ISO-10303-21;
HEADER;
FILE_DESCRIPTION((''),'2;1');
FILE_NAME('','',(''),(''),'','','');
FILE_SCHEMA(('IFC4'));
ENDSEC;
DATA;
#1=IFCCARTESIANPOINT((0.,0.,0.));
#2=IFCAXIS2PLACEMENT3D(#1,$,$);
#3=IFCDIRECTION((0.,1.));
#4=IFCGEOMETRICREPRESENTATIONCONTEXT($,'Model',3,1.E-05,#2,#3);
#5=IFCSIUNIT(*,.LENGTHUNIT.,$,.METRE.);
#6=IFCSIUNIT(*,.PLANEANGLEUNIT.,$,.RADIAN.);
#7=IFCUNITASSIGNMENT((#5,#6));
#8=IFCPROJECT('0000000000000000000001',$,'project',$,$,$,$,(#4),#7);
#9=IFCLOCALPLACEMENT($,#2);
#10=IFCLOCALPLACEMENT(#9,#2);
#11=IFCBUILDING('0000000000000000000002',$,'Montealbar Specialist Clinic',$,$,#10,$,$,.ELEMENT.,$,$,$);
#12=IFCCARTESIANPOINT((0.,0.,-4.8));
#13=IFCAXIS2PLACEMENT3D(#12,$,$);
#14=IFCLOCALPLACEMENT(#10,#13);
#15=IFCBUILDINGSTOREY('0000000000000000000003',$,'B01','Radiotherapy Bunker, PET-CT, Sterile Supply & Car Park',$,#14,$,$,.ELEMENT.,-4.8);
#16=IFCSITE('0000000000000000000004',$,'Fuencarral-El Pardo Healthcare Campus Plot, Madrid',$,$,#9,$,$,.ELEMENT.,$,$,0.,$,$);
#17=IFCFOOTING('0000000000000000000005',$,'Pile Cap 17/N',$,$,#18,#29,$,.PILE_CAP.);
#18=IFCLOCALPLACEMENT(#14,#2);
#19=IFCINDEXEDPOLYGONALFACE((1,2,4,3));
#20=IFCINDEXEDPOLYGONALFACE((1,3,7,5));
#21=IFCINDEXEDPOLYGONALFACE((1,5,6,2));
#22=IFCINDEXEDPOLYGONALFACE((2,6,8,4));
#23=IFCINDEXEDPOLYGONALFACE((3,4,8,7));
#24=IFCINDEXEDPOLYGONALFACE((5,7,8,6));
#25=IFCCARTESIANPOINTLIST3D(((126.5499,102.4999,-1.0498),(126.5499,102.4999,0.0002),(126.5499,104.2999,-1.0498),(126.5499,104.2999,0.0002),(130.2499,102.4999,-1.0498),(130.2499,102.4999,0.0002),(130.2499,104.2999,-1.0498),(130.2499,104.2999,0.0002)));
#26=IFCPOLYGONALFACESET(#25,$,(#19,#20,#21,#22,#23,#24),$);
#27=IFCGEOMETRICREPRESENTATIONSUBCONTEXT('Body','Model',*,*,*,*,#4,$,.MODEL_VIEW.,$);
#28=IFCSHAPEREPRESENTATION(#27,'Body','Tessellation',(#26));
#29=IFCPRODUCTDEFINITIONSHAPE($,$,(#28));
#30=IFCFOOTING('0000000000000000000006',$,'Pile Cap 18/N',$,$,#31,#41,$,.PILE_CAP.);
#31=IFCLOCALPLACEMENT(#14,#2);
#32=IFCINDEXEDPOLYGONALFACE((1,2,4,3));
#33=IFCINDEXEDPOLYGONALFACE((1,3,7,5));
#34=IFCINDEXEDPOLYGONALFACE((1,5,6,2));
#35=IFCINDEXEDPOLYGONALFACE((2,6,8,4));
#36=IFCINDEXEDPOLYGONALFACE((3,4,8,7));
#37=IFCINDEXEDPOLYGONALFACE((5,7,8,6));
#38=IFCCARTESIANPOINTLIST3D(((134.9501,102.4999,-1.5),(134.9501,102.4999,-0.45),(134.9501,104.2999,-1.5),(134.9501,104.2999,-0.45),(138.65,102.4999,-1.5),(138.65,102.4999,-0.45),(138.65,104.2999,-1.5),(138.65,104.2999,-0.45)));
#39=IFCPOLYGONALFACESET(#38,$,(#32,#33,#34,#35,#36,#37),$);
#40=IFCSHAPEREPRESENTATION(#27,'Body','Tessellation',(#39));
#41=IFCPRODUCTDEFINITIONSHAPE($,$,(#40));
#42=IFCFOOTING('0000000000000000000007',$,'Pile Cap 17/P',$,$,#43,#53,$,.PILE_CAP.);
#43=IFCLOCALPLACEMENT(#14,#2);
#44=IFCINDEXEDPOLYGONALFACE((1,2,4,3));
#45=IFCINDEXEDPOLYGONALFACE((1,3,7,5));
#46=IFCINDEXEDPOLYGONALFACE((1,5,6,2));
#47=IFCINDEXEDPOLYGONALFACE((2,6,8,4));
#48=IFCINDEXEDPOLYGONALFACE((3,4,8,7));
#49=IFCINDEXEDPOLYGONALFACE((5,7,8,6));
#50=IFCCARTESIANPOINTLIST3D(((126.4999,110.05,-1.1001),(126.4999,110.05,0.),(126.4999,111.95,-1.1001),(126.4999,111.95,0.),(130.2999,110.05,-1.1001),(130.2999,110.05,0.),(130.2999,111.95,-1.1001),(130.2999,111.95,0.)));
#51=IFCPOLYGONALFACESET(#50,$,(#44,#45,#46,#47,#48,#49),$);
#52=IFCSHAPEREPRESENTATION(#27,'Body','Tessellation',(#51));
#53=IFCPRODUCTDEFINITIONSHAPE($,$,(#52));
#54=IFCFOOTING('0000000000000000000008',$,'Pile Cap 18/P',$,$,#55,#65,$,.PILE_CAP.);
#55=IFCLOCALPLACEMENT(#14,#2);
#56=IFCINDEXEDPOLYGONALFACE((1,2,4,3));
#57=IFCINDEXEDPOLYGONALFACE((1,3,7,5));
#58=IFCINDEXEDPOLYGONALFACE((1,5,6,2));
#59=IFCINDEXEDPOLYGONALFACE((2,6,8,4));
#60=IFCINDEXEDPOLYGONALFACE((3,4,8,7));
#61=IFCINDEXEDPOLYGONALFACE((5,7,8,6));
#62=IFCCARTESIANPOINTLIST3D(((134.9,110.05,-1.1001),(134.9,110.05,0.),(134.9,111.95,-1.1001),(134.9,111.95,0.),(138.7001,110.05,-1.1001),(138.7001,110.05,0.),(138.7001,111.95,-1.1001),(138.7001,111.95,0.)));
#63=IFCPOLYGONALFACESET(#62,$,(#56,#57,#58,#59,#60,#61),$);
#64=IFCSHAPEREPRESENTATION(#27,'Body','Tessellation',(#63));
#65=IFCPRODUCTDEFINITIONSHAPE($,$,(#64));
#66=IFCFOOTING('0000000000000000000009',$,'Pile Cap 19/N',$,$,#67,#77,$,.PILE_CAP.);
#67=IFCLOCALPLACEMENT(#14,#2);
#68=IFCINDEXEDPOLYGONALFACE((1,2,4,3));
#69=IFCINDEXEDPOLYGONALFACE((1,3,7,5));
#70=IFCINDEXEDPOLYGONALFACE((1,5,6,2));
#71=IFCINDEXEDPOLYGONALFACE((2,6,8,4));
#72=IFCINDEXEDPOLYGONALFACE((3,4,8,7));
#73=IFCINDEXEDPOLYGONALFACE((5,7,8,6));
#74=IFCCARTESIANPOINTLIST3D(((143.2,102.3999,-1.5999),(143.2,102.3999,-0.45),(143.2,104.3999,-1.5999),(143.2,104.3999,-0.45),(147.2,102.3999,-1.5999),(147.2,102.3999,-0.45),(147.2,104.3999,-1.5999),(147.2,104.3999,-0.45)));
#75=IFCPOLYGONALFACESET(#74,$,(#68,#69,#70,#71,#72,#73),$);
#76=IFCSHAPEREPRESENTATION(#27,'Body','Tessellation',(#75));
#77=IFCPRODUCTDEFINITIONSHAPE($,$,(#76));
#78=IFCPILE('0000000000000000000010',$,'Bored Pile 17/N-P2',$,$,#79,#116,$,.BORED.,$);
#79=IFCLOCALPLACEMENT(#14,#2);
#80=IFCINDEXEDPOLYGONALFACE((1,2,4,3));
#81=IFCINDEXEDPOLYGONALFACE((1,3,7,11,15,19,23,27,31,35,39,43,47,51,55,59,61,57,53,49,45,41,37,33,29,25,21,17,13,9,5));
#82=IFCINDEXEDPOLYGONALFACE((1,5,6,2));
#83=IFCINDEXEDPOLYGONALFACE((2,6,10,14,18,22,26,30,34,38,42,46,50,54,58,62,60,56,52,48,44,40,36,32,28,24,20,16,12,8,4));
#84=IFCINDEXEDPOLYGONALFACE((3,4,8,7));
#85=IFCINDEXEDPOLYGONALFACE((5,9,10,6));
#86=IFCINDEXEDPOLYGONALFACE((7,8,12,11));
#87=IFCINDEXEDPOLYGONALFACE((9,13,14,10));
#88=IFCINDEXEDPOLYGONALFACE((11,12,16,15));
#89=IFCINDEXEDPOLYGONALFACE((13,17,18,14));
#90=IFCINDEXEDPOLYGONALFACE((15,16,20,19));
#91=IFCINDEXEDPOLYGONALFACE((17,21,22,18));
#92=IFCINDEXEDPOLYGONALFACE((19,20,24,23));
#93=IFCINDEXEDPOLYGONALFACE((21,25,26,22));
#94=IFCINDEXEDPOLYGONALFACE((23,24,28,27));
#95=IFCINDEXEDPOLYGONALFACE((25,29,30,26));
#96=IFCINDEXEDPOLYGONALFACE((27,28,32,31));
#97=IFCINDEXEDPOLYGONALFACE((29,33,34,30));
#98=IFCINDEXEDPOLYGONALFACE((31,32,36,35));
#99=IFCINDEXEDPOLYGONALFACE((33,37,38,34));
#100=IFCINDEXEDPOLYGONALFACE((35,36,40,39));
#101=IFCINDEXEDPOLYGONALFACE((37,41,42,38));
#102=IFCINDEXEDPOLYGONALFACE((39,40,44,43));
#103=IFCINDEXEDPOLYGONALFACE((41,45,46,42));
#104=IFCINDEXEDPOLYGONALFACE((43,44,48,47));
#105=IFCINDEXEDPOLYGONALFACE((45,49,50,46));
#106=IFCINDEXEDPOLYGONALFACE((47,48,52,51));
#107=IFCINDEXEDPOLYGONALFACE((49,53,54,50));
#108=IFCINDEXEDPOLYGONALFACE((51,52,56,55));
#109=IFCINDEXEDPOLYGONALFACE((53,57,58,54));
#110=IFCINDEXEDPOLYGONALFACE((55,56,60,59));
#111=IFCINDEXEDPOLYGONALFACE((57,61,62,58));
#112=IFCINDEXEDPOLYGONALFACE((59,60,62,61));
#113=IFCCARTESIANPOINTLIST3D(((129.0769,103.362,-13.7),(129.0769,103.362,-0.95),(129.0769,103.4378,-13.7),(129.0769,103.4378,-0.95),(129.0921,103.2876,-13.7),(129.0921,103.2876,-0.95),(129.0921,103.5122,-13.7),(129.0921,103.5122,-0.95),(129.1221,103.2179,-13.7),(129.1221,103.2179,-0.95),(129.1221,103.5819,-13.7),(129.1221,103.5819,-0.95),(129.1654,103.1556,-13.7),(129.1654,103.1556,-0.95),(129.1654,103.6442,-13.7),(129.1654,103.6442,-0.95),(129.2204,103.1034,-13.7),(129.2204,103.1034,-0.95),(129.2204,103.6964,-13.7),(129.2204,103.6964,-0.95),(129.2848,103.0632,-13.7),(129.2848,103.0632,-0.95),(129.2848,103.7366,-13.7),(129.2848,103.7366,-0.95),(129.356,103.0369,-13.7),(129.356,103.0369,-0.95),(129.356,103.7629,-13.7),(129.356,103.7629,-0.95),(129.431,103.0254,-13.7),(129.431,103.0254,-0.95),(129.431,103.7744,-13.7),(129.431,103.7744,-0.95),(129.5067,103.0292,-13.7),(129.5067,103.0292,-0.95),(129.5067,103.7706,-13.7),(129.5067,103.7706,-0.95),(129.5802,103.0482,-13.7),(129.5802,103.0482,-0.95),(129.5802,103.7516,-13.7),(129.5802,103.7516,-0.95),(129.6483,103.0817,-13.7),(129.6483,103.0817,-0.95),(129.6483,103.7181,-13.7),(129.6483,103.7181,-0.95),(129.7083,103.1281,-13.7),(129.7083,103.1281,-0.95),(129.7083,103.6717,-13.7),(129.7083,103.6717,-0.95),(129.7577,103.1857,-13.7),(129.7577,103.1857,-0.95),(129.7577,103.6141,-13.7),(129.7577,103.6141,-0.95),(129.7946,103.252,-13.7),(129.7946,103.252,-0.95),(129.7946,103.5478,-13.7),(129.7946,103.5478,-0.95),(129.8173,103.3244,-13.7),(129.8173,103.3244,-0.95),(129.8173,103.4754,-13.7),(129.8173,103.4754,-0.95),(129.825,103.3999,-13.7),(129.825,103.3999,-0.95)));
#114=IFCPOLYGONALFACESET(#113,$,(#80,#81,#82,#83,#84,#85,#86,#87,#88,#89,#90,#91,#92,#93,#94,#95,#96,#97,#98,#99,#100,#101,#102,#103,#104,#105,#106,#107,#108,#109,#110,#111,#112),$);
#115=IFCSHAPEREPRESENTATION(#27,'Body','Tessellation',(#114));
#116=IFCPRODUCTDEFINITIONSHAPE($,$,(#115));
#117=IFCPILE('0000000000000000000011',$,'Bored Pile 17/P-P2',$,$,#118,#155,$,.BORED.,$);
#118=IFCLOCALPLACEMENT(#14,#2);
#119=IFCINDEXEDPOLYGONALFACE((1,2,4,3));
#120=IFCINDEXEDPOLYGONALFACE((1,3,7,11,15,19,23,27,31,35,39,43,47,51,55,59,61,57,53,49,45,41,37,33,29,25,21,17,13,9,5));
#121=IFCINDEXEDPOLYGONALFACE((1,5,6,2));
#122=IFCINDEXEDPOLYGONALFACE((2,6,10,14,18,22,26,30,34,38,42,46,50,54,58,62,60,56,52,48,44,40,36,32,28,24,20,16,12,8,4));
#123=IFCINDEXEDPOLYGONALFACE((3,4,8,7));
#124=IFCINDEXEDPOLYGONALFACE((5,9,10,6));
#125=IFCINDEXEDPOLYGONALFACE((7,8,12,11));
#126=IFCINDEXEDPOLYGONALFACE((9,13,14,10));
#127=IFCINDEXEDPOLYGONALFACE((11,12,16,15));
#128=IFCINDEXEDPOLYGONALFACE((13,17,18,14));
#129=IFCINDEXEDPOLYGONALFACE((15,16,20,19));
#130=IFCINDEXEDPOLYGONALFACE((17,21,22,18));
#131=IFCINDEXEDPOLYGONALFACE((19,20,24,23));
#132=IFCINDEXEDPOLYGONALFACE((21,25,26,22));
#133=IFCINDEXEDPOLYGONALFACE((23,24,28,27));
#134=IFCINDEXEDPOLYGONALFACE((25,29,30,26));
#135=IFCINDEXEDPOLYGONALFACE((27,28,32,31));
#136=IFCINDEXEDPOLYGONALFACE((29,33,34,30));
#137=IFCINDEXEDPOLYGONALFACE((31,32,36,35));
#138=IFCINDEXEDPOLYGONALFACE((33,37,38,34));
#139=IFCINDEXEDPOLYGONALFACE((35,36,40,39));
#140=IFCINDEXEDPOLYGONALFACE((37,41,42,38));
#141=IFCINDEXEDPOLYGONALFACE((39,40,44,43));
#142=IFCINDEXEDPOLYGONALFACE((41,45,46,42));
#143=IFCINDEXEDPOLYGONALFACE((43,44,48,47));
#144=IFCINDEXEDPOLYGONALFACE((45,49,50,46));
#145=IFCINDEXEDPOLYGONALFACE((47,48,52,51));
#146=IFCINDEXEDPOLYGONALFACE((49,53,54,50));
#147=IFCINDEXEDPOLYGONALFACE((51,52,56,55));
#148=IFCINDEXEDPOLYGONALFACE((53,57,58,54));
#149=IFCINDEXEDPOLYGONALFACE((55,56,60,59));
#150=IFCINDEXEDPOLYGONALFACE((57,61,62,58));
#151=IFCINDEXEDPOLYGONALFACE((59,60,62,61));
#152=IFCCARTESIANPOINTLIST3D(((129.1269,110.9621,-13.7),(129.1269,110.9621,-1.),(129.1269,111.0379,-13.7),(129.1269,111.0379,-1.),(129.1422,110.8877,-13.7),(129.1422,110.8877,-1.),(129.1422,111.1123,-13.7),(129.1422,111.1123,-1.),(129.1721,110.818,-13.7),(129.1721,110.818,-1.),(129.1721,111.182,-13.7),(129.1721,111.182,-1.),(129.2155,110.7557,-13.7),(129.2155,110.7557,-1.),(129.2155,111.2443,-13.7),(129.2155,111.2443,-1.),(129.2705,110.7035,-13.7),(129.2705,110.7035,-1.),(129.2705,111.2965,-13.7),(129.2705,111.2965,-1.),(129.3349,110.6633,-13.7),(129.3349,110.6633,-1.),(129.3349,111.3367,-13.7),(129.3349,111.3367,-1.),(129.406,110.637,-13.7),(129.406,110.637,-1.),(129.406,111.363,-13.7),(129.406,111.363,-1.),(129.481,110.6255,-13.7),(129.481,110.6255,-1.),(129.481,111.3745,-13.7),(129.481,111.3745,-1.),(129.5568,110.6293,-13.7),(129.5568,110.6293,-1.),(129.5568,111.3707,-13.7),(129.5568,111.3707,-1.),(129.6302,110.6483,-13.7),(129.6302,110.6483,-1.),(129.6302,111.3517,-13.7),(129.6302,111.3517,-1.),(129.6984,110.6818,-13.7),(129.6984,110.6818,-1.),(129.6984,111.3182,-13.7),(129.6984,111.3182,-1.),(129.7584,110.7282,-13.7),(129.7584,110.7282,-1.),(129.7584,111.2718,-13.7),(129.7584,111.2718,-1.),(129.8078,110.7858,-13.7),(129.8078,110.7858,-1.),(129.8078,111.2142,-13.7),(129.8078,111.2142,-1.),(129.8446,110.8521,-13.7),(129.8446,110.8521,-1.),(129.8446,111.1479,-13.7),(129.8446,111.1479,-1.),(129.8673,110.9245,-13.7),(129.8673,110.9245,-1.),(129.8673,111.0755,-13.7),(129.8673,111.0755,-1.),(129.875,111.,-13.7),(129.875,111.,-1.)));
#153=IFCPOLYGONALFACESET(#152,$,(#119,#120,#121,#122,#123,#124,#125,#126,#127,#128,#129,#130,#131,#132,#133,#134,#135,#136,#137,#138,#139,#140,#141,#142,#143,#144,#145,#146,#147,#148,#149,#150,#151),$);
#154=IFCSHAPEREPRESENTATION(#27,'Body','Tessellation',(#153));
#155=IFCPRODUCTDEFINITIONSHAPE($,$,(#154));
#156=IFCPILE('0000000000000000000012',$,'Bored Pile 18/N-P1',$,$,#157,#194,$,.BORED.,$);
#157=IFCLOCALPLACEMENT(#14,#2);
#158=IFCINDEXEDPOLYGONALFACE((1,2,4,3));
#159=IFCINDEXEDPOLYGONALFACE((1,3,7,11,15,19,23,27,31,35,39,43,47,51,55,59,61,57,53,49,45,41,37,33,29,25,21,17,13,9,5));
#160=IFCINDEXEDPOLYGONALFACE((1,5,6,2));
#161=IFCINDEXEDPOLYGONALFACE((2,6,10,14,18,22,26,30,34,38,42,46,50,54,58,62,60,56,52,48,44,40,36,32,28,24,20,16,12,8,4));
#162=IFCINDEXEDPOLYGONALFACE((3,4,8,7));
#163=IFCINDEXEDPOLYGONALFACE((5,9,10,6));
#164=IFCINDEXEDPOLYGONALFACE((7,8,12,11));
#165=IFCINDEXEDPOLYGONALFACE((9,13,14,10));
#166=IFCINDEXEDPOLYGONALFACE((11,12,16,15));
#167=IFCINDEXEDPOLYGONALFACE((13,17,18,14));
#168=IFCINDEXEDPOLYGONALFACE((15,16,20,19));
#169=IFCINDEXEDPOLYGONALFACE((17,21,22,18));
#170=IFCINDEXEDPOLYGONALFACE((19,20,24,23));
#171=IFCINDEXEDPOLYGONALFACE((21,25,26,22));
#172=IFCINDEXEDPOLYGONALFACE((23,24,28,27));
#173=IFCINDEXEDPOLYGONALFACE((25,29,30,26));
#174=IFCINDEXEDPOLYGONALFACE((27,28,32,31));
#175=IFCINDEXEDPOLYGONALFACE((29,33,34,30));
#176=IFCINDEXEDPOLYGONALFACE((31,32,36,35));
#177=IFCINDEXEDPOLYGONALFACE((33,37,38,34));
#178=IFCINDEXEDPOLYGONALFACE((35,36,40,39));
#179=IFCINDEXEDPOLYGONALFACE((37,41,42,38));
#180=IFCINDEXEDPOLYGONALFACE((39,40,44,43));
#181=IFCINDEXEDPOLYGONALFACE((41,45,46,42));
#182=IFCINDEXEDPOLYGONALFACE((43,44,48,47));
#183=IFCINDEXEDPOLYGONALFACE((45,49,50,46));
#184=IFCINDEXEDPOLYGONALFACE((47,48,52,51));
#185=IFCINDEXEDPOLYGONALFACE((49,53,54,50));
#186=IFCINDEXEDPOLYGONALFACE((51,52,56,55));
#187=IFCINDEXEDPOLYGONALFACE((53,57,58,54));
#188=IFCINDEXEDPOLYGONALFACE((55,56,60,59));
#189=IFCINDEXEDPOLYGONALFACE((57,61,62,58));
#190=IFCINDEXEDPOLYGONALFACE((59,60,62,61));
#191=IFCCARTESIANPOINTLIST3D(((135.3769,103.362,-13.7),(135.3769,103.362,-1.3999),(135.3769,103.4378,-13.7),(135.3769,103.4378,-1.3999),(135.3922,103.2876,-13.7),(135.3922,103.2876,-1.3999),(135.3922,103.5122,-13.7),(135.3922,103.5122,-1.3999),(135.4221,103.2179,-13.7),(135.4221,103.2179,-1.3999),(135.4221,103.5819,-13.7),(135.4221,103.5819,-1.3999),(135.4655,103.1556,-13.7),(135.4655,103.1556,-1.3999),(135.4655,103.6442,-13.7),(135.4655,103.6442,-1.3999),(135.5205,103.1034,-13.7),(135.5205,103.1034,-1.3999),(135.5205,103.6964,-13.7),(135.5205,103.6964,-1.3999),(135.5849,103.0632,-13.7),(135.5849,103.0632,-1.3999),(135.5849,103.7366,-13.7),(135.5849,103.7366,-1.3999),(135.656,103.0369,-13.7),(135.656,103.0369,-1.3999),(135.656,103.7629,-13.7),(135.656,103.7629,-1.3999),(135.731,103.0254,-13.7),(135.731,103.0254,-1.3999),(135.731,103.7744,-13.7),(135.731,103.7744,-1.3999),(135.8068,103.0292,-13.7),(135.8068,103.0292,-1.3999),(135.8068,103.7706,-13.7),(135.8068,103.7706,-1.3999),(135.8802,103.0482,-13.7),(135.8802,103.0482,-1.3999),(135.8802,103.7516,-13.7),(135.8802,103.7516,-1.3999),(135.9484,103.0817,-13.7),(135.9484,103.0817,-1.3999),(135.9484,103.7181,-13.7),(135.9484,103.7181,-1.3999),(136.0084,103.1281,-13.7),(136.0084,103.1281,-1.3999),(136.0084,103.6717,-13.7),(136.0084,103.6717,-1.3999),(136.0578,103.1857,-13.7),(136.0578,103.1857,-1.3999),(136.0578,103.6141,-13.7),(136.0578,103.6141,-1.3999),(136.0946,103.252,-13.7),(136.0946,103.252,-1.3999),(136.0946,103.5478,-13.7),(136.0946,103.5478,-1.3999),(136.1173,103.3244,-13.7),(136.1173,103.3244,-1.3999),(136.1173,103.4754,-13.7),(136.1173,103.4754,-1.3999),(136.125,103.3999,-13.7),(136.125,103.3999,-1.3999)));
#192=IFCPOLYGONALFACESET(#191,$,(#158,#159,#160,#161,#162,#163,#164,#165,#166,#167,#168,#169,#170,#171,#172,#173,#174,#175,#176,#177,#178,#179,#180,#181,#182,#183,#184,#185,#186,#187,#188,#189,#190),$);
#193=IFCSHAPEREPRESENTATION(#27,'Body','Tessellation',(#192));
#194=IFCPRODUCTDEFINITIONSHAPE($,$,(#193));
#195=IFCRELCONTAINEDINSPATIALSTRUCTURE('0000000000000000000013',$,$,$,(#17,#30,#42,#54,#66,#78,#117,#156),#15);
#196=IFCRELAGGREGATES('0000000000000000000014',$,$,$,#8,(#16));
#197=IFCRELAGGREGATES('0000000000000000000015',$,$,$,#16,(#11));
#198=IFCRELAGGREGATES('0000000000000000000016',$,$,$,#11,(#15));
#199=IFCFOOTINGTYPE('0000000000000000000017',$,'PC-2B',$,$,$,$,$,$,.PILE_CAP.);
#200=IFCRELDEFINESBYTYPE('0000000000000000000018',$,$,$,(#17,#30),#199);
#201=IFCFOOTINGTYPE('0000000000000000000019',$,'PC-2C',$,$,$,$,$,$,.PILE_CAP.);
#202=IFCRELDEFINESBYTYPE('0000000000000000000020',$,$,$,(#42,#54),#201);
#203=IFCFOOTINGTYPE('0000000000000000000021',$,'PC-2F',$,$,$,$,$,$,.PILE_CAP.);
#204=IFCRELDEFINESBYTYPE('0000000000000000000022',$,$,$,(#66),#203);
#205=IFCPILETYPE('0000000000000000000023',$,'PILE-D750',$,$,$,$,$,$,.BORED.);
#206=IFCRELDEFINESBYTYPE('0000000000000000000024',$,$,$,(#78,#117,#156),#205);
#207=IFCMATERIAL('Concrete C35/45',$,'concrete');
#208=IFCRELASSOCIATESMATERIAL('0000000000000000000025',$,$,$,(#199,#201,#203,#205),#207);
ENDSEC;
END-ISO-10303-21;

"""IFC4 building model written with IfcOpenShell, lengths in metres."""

from ifc_helpers import new_model, si_unit, direction, frame, origin, origin_2d, place, context, subcontext, project, spatial, rectangle, circle, extrude, material, material_profile, profile_set, type_object, element, save


model = new_model("IFC4")

# Units and contexts
model_context = context("Model", 3, precision=1e-05, world=origin(), true_north=direction((0.0, 1.0)))
body_context = subcontext(model_context, "Body", "Model", "MODEL_VIEW")
ifc_project = project(units=[si_unit("LENGTHUNIT", "METRE"), si_unit("PLANEANGLEUNIT", "RADIAN")], contexts=[model_context])

# Site, building, storey
site_placement = place(None, origin())
site = spatial("IfcSite", under=ifc_project, at=site_placement, Name="Fuencarral-El Pardo Healthcare Campus Plot, Madrid", CompositionType="ELEMENT", RefElevation=0.0)
building_placement = place(site_placement, origin())
building = spatial("IfcBuilding", under=site, at=building_placement, Name="Montealbar Specialist Clinic", CompositionType="ELEMENT")
storey_placement = place(building_placement, frame((0.0, 0.0, -4.8)))
storey = spatial("IfcBuildingStorey", under=building, at=storey_placement, Name="B01", Description="Radiotherapy Bunker, PET-CT, Sterile Supply & Car Park", CompositionType="ELEMENT", Elevation=-4.8)

# Footings
ifc_material_1 = material(Name="Concrete C35/45", Category="concrete")
footing_type_1 = type_object("IfcFootingType", Name="PC-2B", PredefinedType="PILE_CAP", material=ifc_material_1)
for number, where, z_axis, x_axis, name in (
    (1, (128.3999, 103.3999, -1.0498), (0.0, 0.0, 1.0), (1.0, 0.0, 0.0), "Pile Cap 17/N"),
    (2, (136.8, 103.3999, -1.5), (0.0, 0.0, 1.0), (1.0, 0.0, 0.0), "Pile Cap 18/N"),
):
    element("IfcFooting", number, at=place(storey_placement, frame(where, z_axis=z_axis, x_axis=x_axis)), inside=storey, type_object=footing_type_1, Name=name, PredefinedType="PILE_CAP", context=body_context, shape_type="SweptSolid", body=[
        extrude(rectangle(XDim=3.7, YDim=1.8, at=origin_2d()), origin(), (0.0, 0.0, 1.0), 1.05),
    ])
footing_type_2 = type_object("IfcFootingType", Name="PC-2C", PredefinedType="PILE_CAP", material=ifc_material_1)
for number, where, z_axis, x_axis, name in (
    (3, (128.3999, 111.0, -1.1001), (0.0, 0.0, 1.0), (1.0, 0.0, 0.0), "Pile Cap 17/P"),
    (4, (136.8, 111.0, -1.1001), (0.0, 0.0, 1.0), (1.0, 0.0, 0.0), "Pile Cap 18/P"),
):
    element("IfcFooting", number, at=place(storey_placement, frame(where, z_axis=z_axis, x_axis=x_axis)), inside=storey, type_object=footing_type_2, Name=name, PredefinedType="PILE_CAP", context=body_context, shape_type="SweptSolid", body=[
        extrude(rectangle(XDim=3.8, YDim=1.8999, at=origin_2d()), origin(), (0.0, 0.0, 1.0), 1.1001),
    ])
footing_type_3 = type_object("IfcFootingType", Name="PC-2F", PredefinedType="PILE_CAP", material=ifc_material_1)
footing_placement = place(storey_placement, frame((145.2, 103.3999, -1.5999), z_axis=(0.0, 0.0, 1.0), x_axis=(1.0, 0.0, 0.0)))
element("IfcFooting", 5, at=footing_placement, inside=storey, type_object=footing_type_3, Name="Pile Cap 19/N", PredefinedType="PILE_CAP", context=body_context, shape_type="SweptSolid", body=[
    extrude(rectangle(XDim=4.0, YDim=2.0, at=origin_2d()), origin(), (0.0, 0.0, 1.0), 1.1499),
])

# Piles
ifc_material_profile_1 = material_profile(ifc_material_1, circle(Radius=0.375, at=origin_2d()), Name="PILE D750", Category="concrete")
ifc_profile_set_1 = profile_set([ifc_material_profile_1], Name="Concrete C35/45")
pile_type_1 = type_object("IfcPileType", Name="PILE-D750", PredefinedType="BORED", material=ifc_profile_set_1)
pile_1_placement = place(storey_placement, frame((129.45, 103.3999, -0.95), z_axis=(0.0, 0.0, -1.0), x_axis=(1.0, 0.0, 0.0)))
element("IfcPile", 6, at=pile_1_placement, inside=storey, type_object=pile_type_1, Name="Bored Pile 17/N-P2", PredefinedType="BORED", context=body_context, shape_type="SweptSolid", body=[
    extrude(circle(Radius=0.375, at=origin_2d()), origin(), (0.0, 0.0, 1.0), 12.75),
])
pile_2_placement = place(storey_placement, frame((129.5, 111.0, -1.0), z_axis=(0.0, 0.0, -1.0), x_axis=(1.0, 0.0, 0.0)))
element("IfcPile", 7, at=pile_2_placement, inside=storey, type_object=pile_type_1, Name="Bored Pile 17/P-P2", PredefinedType="BORED", context=body_context, shape_type="SweptSolid", body=[
    extrude(circle(Radius=0.375, at=origin_2d()), origin(), (0.0, 0.0, 1.0), 12.7),
])
for number, where, z_axis, x_axis, name in (
    (8, (135.75, 103.3999, -1.3999), (0.0, 0.0, -1.0), (1.0, 0.0, 0.0), "Bored Pile 18/N-P1"),
):
    element("IfcPile", number, at=place(storey_placement, frame(where, z_axis=z_axis, x_axis=x_axis)), inside=storey, type_object=pile_type_1, Name=name, PredefinedType="BORED", context=body_context, shape_type="SweptSolid", body=[
        extrude(circle(Radius=0.375, at=origin_2d()), origin(), (0.0, 0.0, 1.0), 12.3),
    ])

save(model, "model.ifc")
